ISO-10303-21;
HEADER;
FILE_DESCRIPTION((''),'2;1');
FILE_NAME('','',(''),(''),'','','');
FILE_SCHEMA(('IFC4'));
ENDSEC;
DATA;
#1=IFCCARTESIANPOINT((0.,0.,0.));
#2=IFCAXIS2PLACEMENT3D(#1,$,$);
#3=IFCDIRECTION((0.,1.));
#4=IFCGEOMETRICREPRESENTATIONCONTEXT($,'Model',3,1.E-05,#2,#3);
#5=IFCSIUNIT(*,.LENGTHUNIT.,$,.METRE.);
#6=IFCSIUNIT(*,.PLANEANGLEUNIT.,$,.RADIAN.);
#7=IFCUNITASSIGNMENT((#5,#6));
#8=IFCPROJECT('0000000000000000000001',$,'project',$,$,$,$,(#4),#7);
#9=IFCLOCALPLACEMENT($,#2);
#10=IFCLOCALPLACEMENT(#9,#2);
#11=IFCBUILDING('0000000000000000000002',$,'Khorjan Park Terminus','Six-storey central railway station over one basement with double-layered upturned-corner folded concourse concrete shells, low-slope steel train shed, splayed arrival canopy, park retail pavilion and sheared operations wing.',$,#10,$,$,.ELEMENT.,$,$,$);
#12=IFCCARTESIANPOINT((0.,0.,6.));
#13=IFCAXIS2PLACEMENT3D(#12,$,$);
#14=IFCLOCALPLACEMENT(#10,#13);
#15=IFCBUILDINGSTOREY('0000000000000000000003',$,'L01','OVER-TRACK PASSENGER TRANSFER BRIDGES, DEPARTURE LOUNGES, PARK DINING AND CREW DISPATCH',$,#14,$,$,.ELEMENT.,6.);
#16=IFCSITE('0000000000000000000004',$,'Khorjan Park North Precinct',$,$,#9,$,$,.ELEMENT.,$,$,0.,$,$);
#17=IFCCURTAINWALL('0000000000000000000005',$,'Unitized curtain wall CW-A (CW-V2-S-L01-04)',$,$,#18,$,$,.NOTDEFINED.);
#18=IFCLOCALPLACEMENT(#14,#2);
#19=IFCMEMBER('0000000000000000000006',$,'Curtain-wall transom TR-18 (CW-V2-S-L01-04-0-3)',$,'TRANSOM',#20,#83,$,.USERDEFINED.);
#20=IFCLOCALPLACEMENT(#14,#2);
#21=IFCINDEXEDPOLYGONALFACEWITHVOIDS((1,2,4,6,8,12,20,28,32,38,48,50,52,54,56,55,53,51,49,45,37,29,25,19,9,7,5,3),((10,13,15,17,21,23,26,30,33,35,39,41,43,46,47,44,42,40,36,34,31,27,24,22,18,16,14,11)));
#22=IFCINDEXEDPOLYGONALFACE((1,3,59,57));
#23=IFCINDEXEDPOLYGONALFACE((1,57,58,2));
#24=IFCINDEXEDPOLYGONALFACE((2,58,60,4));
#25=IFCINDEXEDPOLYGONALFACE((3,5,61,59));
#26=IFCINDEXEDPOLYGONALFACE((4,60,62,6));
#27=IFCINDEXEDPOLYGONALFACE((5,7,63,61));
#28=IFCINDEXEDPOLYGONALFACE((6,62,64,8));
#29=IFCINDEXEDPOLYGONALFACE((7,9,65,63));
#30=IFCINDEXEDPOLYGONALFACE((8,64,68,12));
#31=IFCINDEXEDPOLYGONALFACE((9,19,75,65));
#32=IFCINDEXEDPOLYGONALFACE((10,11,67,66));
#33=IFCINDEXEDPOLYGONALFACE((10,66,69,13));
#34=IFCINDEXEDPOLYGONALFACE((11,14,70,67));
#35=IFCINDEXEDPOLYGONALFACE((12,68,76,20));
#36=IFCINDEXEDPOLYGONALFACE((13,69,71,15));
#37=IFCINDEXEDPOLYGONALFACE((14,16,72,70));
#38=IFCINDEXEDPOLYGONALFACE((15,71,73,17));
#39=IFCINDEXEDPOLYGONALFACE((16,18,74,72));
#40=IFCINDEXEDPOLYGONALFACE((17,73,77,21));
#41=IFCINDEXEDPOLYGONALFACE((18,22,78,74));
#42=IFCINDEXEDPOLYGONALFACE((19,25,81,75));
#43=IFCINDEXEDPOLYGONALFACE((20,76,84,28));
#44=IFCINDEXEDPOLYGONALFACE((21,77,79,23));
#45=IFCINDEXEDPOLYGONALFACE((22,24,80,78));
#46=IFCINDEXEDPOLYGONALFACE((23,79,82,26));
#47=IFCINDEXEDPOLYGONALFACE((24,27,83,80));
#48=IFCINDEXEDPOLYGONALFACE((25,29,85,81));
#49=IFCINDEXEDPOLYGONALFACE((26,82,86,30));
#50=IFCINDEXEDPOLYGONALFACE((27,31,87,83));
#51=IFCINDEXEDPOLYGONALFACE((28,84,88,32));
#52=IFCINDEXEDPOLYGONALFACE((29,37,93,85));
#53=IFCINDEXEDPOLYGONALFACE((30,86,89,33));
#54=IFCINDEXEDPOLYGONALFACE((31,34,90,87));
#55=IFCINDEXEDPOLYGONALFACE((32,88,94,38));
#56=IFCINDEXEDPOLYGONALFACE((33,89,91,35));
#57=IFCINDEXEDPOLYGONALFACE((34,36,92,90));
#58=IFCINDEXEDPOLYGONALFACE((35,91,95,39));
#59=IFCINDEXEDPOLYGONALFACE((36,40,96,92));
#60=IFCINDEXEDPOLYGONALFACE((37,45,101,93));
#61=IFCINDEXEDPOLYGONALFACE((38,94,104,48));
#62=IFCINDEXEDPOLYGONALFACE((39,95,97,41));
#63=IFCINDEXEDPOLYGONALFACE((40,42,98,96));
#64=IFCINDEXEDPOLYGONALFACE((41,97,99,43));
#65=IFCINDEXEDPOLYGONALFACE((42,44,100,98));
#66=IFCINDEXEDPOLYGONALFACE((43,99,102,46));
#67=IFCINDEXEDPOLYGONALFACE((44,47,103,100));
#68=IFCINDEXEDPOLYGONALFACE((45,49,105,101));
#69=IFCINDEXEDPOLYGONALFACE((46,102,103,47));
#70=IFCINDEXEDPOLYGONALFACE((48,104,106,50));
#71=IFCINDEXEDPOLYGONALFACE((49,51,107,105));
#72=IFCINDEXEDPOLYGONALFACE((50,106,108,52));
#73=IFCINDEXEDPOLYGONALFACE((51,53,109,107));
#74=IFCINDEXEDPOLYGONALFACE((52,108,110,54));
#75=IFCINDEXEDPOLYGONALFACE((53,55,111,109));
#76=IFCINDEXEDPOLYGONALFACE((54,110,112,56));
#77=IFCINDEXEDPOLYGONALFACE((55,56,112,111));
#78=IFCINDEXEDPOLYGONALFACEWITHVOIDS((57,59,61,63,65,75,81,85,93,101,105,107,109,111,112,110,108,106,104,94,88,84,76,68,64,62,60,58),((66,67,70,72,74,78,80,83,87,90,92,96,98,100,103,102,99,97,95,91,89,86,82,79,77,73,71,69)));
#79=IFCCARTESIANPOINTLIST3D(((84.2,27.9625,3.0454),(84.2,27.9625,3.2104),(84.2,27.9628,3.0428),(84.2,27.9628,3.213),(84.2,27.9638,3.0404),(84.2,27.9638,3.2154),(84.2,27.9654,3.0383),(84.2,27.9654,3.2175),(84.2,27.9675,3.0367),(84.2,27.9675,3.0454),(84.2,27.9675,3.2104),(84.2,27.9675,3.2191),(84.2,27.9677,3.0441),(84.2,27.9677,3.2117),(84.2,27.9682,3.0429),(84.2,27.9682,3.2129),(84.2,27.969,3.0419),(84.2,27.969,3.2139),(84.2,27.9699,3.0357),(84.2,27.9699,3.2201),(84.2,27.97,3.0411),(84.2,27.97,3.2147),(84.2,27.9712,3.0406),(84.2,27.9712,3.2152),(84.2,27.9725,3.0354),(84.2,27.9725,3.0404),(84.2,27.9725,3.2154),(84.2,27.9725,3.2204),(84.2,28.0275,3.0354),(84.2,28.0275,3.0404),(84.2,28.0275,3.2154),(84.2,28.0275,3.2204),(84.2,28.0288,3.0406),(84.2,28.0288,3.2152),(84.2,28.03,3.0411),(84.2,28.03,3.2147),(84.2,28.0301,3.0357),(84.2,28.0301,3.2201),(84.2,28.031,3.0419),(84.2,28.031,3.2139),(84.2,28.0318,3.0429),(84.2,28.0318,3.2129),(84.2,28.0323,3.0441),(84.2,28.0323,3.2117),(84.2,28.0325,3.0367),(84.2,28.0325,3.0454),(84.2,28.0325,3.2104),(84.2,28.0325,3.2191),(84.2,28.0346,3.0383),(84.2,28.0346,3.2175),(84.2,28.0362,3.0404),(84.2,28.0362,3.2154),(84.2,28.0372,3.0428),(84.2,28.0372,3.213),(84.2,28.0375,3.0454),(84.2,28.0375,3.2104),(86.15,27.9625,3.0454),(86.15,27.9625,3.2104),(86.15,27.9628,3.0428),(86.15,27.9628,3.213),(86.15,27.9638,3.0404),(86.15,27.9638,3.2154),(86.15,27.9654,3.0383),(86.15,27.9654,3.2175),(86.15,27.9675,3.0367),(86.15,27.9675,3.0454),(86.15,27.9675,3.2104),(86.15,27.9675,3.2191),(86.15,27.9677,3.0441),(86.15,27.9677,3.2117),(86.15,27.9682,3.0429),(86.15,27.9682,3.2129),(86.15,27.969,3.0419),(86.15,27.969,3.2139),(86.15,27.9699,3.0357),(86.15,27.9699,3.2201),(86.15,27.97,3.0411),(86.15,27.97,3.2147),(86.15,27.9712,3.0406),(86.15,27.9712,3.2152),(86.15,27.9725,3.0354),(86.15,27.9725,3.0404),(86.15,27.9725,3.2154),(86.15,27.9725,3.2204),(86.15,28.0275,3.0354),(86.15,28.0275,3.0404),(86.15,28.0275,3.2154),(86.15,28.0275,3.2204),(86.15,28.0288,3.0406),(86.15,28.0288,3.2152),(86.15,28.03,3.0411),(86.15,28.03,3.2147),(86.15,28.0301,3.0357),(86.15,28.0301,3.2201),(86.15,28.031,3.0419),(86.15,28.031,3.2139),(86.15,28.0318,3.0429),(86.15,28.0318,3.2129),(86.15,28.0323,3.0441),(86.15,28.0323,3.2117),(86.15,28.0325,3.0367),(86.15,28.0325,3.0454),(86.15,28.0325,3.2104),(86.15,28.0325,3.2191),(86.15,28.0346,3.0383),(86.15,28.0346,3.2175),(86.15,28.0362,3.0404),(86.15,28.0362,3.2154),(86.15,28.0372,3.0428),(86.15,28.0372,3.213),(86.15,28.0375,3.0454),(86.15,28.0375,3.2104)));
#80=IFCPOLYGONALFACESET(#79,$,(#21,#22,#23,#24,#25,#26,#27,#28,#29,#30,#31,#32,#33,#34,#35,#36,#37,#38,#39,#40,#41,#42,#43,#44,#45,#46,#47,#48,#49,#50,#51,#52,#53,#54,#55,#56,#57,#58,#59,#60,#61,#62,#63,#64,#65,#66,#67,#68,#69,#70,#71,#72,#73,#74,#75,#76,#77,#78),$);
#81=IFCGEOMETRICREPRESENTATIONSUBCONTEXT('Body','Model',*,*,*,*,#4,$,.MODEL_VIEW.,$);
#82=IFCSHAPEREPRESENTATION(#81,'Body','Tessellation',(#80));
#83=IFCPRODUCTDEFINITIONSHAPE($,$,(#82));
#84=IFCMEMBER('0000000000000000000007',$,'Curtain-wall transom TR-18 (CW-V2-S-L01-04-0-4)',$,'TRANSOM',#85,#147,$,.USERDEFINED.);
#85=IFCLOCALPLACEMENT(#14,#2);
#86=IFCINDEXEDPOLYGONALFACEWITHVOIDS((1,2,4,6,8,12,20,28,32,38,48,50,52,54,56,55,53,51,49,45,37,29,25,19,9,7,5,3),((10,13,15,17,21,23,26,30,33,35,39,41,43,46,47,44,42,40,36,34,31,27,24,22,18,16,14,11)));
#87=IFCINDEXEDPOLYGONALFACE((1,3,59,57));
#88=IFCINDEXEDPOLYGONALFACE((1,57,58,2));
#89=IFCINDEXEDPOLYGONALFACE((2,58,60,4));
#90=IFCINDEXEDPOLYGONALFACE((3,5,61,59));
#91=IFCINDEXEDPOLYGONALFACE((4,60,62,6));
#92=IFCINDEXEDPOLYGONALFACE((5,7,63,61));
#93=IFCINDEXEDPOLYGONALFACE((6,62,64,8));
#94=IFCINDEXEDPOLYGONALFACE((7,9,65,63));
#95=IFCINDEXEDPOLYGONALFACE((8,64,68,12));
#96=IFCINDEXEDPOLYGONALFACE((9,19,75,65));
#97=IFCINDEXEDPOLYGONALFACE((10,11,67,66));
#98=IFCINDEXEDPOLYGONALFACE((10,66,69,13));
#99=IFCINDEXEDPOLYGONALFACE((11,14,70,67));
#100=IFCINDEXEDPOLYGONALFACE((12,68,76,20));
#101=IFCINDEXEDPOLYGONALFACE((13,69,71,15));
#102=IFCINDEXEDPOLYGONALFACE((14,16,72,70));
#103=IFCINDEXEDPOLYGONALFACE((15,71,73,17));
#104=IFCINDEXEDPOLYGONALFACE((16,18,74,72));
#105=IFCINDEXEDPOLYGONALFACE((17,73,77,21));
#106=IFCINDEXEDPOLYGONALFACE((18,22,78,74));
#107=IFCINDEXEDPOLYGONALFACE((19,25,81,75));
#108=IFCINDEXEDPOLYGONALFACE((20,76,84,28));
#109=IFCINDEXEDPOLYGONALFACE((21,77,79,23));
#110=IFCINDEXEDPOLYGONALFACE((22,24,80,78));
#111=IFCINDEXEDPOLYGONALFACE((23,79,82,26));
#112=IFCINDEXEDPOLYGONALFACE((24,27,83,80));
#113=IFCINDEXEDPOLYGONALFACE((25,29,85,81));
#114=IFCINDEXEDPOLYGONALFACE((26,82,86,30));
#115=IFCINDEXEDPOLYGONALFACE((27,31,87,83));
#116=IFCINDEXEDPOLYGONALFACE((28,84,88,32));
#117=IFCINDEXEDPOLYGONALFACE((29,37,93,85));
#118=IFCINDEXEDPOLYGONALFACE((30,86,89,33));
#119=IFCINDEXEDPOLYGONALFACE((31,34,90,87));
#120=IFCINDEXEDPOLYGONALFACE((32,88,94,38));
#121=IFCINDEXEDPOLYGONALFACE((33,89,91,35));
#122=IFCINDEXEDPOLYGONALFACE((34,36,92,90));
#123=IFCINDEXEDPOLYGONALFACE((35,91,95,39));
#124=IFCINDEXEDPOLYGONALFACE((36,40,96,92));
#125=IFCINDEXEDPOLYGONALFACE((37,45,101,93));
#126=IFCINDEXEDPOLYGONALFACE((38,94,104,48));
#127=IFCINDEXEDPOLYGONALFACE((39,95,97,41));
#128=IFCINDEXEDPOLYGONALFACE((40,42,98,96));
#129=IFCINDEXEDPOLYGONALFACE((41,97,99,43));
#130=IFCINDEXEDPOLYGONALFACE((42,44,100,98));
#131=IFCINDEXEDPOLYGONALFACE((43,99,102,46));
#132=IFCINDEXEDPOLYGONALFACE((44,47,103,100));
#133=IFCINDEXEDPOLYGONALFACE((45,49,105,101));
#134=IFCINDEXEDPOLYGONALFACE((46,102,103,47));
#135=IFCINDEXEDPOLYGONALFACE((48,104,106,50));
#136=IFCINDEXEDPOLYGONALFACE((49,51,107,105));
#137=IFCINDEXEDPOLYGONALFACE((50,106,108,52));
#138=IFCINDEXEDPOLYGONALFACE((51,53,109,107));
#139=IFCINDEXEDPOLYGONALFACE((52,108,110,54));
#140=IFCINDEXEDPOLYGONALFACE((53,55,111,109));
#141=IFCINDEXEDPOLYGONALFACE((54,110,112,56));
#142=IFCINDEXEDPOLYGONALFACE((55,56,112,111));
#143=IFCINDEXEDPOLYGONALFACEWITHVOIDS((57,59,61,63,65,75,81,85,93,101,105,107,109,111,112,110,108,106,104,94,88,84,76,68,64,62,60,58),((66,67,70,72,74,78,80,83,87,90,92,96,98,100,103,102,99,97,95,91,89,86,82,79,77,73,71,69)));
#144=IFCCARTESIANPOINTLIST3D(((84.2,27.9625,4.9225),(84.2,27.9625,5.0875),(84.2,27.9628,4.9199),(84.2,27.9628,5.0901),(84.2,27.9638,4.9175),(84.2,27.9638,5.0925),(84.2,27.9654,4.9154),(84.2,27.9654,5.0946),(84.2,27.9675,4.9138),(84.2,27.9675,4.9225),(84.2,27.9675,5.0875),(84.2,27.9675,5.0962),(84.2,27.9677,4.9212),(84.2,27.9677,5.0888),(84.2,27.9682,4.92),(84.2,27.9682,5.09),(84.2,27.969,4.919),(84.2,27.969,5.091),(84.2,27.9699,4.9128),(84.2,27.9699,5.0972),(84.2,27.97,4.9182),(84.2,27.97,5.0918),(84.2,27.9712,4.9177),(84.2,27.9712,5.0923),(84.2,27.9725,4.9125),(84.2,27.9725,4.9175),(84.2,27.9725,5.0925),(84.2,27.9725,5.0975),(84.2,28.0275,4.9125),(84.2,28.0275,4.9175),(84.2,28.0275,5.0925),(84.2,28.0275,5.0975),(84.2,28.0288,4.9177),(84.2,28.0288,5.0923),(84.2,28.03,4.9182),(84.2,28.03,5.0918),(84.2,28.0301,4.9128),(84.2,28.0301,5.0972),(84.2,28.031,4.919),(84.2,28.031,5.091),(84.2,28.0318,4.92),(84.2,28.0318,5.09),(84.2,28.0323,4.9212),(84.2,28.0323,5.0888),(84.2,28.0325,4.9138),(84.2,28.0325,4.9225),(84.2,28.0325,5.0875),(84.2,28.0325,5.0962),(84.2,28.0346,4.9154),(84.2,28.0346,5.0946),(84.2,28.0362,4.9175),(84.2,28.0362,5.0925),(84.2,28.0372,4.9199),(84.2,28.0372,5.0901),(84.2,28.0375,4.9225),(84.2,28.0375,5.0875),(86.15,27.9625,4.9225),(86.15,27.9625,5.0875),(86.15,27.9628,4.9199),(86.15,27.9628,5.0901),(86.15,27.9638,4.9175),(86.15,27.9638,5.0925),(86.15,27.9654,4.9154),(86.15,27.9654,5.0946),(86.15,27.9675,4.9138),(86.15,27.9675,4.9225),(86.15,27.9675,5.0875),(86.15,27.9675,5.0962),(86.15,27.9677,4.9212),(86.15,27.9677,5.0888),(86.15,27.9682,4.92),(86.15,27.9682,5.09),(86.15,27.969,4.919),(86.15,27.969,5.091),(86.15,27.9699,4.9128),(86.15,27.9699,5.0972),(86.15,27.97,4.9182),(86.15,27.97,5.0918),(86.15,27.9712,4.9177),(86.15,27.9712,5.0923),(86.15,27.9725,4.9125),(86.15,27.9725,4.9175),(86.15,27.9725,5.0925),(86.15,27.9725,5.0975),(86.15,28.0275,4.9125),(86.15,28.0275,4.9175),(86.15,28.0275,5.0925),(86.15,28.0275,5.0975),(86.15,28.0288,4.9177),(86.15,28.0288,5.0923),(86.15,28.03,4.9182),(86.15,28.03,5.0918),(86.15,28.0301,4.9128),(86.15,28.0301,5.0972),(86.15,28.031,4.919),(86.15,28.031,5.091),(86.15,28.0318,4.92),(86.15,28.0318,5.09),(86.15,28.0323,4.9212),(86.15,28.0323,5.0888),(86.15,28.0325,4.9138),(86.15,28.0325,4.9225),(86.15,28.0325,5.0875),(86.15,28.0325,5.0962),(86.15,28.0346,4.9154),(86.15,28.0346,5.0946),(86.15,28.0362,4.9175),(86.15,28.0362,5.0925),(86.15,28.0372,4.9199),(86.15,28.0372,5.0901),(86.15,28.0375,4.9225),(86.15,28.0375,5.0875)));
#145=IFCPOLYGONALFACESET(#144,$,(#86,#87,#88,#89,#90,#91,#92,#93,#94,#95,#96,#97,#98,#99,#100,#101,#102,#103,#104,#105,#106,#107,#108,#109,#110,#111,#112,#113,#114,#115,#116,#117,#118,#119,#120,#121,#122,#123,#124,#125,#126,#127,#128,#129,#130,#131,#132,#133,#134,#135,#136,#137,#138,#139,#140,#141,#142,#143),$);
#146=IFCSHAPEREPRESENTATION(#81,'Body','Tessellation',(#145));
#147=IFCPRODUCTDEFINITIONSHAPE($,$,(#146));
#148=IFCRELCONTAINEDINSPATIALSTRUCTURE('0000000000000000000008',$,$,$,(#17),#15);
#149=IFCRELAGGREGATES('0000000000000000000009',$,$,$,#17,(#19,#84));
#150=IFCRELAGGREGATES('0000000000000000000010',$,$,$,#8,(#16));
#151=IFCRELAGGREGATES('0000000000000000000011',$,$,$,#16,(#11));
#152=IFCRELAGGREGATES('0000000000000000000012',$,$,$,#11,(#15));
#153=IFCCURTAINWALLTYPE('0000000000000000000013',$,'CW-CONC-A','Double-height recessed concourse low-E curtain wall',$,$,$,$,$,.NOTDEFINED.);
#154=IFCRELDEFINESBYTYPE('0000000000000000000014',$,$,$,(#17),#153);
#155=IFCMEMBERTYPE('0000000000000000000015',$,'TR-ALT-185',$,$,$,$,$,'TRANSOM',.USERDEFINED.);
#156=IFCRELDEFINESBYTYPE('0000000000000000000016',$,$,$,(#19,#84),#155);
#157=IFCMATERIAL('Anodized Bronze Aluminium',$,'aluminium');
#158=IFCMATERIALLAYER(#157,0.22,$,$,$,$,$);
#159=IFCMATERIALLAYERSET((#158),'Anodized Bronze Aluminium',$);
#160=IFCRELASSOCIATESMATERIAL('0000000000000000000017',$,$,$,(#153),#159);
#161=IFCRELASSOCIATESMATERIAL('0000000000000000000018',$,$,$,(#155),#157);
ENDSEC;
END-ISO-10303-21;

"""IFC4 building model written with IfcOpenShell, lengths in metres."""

from ifc_helpers import new_model, si_unit, direction, frame, origin, origin_2d, place, context, subcontext, project, spatial, hollow_rectangle, extrude, material, layer, layer_set, material_profile, profile_set, type_object, element, aggregate, save


model = new_model("IFC4")

# Units and contexts
model_context = context("Model", 3, precision=1e-05, world=origin(), true_north=direction((0.0, 1.0)))
body_context = subcontext(model_context, "Body", "Model", "MODEL_VIEW")
ifc_project = project(units=[si_unit("LENGTHUNIT", "METRE"), si_unit("PLANEANGLEUNIT", "RADIAN")], contexts=[model_context])

# Site, building, storey
site_placement = place(None, origin())
site = spatial("IfcSite", under=ifc_project, at=site_placement, Name="Khorjan Park North Precinct", CompositionType="ELEMENT", RefElevation=0.0)
building_placement = place(site_placement, origin())
building = spatial("IfcBuilding", under=site, at=building_placement, Name="Khorjan Park Terminus", Description="Six-storey central railway station over one basement with double-layered upturned-corner folded concourse concrete shells, low-slope steel train shed, splayed arrival canopy, park retail pavilion and sheared operations wing.", CompositionType="ELEMENT")
storey_placement = place(building_placement, frame((0.0, 0.0, 6.0)))
storey = spatial("IfcBuildingStorey", under=building, at=storey_placement, Name="L01", Description="OVER-TRACK PASSENGER TRANSFER BRIDGES, DEPARTURE LOUNGES, PARK DINING AND CREW DISPATCH", CompositionType="ELEMENT", Elevation=6.0)

# Shared definitions
ifc_material_1 = material(Name="Anodized Bronze Aluminium", Category="aluminium")
ifc_layer_1 = layer(ifc_material_1, 0.22)
ifc_layer_set_1 = layer_set([ifc_layer_1], Name="Anodized Bronze Aluminium")
curtain_wall_type = type_object("IfcCurtainWallType", Name="CW-CONC-A", Description="Double-height recessed concourse low-E curtain wall", PredefinedType="NOTDEFINED", material=ifc_layer_set_1)

# Curtain wall
curtain_wall_1_placement = place(storey_placement, origin())
curtain_wall_1 = element("IfcCurtainWall", 1, at=curtain_wall_1_placement, inside=storey, type_object=curtain_wall_type, Name="Unitized curtain wall CW-A (CW-V2-S-L01-04)", PredefinedType="NOTDEFINED")

# Members
ifc_material_profile_1 = material_profile(ifc_material_1, hollow_rectangle(XDim=0.075, YDim=0.185, WallThickness=0.005, InnerFilletRadius=0.005, OuterFilletRadius=0.01, at=origin_2d()), Name="ALT 75x185x5")
ifc_profile_set_1 = profile_set([ifc_material_profile_1], Name="Anodized Bronze Aluminium")
member_type_1 = type_object("IfcMemberType", Name="TR-ALT-185", ElementType="TRANSOM", PredefinedType="USERDEFINED", material=ifc_profile_set_1)
member_1_placement = place(storey_placement, frame((84.2, 28.0, 3.1279), z_axis=(1.0, 0.0, 0.0), x_axis=(0.0, 1.0, 0.0)))
member_1 = element("IfcMember", 2, at=member_1_placement, type_object=member_type_1, Name="Curtain-wall transom TR-18 (CW-V2-S-L01-04-0-3)", ObjectType="TRANSOM", PredefinedType="USERDEFINED", context=body_context, shape_type="SweptSolid", body=[
    extrude(hollow_rectangle(XDim=0.075, YDim=0.185, WallThickness=0.005, InnerFilletRadius=0.005, OuterFilletRadius=0.01, at=origin_2d()), origin(), (0.0, 0.0, 1.0), 1.95),
])
member_2_placement = place(storey_placement, frame((84.2, 28.0, 5.005), z_axis=(1.0, 0.0, 0.0), x_axis=(0.0, 1.0, 0.0)))
member_2 = element("IfcMember", 3, at=member_2_placement, type_object=member_type_1, Name="Curtain-wall transom TR-18 (CW-V2-S-L01-04-0-4)", ObjectType="TRANSOM", PredefinedType="USERDEFINED", context=body_context, shape_type="SweptSolid", body=[
    extrude(hollow_rectangle(XDim=0.075, YDim=0.185, WallThickness=0.005, InnerFilletRadius=0.005, OuterFilletRadius=0.01, at=origin_2d()), origin(), (0.0, 0.0, 1.0), 1.95),
])

aggregate(curtain_wall_1, [member_1, member_2])

save(model, "model.ifc")
